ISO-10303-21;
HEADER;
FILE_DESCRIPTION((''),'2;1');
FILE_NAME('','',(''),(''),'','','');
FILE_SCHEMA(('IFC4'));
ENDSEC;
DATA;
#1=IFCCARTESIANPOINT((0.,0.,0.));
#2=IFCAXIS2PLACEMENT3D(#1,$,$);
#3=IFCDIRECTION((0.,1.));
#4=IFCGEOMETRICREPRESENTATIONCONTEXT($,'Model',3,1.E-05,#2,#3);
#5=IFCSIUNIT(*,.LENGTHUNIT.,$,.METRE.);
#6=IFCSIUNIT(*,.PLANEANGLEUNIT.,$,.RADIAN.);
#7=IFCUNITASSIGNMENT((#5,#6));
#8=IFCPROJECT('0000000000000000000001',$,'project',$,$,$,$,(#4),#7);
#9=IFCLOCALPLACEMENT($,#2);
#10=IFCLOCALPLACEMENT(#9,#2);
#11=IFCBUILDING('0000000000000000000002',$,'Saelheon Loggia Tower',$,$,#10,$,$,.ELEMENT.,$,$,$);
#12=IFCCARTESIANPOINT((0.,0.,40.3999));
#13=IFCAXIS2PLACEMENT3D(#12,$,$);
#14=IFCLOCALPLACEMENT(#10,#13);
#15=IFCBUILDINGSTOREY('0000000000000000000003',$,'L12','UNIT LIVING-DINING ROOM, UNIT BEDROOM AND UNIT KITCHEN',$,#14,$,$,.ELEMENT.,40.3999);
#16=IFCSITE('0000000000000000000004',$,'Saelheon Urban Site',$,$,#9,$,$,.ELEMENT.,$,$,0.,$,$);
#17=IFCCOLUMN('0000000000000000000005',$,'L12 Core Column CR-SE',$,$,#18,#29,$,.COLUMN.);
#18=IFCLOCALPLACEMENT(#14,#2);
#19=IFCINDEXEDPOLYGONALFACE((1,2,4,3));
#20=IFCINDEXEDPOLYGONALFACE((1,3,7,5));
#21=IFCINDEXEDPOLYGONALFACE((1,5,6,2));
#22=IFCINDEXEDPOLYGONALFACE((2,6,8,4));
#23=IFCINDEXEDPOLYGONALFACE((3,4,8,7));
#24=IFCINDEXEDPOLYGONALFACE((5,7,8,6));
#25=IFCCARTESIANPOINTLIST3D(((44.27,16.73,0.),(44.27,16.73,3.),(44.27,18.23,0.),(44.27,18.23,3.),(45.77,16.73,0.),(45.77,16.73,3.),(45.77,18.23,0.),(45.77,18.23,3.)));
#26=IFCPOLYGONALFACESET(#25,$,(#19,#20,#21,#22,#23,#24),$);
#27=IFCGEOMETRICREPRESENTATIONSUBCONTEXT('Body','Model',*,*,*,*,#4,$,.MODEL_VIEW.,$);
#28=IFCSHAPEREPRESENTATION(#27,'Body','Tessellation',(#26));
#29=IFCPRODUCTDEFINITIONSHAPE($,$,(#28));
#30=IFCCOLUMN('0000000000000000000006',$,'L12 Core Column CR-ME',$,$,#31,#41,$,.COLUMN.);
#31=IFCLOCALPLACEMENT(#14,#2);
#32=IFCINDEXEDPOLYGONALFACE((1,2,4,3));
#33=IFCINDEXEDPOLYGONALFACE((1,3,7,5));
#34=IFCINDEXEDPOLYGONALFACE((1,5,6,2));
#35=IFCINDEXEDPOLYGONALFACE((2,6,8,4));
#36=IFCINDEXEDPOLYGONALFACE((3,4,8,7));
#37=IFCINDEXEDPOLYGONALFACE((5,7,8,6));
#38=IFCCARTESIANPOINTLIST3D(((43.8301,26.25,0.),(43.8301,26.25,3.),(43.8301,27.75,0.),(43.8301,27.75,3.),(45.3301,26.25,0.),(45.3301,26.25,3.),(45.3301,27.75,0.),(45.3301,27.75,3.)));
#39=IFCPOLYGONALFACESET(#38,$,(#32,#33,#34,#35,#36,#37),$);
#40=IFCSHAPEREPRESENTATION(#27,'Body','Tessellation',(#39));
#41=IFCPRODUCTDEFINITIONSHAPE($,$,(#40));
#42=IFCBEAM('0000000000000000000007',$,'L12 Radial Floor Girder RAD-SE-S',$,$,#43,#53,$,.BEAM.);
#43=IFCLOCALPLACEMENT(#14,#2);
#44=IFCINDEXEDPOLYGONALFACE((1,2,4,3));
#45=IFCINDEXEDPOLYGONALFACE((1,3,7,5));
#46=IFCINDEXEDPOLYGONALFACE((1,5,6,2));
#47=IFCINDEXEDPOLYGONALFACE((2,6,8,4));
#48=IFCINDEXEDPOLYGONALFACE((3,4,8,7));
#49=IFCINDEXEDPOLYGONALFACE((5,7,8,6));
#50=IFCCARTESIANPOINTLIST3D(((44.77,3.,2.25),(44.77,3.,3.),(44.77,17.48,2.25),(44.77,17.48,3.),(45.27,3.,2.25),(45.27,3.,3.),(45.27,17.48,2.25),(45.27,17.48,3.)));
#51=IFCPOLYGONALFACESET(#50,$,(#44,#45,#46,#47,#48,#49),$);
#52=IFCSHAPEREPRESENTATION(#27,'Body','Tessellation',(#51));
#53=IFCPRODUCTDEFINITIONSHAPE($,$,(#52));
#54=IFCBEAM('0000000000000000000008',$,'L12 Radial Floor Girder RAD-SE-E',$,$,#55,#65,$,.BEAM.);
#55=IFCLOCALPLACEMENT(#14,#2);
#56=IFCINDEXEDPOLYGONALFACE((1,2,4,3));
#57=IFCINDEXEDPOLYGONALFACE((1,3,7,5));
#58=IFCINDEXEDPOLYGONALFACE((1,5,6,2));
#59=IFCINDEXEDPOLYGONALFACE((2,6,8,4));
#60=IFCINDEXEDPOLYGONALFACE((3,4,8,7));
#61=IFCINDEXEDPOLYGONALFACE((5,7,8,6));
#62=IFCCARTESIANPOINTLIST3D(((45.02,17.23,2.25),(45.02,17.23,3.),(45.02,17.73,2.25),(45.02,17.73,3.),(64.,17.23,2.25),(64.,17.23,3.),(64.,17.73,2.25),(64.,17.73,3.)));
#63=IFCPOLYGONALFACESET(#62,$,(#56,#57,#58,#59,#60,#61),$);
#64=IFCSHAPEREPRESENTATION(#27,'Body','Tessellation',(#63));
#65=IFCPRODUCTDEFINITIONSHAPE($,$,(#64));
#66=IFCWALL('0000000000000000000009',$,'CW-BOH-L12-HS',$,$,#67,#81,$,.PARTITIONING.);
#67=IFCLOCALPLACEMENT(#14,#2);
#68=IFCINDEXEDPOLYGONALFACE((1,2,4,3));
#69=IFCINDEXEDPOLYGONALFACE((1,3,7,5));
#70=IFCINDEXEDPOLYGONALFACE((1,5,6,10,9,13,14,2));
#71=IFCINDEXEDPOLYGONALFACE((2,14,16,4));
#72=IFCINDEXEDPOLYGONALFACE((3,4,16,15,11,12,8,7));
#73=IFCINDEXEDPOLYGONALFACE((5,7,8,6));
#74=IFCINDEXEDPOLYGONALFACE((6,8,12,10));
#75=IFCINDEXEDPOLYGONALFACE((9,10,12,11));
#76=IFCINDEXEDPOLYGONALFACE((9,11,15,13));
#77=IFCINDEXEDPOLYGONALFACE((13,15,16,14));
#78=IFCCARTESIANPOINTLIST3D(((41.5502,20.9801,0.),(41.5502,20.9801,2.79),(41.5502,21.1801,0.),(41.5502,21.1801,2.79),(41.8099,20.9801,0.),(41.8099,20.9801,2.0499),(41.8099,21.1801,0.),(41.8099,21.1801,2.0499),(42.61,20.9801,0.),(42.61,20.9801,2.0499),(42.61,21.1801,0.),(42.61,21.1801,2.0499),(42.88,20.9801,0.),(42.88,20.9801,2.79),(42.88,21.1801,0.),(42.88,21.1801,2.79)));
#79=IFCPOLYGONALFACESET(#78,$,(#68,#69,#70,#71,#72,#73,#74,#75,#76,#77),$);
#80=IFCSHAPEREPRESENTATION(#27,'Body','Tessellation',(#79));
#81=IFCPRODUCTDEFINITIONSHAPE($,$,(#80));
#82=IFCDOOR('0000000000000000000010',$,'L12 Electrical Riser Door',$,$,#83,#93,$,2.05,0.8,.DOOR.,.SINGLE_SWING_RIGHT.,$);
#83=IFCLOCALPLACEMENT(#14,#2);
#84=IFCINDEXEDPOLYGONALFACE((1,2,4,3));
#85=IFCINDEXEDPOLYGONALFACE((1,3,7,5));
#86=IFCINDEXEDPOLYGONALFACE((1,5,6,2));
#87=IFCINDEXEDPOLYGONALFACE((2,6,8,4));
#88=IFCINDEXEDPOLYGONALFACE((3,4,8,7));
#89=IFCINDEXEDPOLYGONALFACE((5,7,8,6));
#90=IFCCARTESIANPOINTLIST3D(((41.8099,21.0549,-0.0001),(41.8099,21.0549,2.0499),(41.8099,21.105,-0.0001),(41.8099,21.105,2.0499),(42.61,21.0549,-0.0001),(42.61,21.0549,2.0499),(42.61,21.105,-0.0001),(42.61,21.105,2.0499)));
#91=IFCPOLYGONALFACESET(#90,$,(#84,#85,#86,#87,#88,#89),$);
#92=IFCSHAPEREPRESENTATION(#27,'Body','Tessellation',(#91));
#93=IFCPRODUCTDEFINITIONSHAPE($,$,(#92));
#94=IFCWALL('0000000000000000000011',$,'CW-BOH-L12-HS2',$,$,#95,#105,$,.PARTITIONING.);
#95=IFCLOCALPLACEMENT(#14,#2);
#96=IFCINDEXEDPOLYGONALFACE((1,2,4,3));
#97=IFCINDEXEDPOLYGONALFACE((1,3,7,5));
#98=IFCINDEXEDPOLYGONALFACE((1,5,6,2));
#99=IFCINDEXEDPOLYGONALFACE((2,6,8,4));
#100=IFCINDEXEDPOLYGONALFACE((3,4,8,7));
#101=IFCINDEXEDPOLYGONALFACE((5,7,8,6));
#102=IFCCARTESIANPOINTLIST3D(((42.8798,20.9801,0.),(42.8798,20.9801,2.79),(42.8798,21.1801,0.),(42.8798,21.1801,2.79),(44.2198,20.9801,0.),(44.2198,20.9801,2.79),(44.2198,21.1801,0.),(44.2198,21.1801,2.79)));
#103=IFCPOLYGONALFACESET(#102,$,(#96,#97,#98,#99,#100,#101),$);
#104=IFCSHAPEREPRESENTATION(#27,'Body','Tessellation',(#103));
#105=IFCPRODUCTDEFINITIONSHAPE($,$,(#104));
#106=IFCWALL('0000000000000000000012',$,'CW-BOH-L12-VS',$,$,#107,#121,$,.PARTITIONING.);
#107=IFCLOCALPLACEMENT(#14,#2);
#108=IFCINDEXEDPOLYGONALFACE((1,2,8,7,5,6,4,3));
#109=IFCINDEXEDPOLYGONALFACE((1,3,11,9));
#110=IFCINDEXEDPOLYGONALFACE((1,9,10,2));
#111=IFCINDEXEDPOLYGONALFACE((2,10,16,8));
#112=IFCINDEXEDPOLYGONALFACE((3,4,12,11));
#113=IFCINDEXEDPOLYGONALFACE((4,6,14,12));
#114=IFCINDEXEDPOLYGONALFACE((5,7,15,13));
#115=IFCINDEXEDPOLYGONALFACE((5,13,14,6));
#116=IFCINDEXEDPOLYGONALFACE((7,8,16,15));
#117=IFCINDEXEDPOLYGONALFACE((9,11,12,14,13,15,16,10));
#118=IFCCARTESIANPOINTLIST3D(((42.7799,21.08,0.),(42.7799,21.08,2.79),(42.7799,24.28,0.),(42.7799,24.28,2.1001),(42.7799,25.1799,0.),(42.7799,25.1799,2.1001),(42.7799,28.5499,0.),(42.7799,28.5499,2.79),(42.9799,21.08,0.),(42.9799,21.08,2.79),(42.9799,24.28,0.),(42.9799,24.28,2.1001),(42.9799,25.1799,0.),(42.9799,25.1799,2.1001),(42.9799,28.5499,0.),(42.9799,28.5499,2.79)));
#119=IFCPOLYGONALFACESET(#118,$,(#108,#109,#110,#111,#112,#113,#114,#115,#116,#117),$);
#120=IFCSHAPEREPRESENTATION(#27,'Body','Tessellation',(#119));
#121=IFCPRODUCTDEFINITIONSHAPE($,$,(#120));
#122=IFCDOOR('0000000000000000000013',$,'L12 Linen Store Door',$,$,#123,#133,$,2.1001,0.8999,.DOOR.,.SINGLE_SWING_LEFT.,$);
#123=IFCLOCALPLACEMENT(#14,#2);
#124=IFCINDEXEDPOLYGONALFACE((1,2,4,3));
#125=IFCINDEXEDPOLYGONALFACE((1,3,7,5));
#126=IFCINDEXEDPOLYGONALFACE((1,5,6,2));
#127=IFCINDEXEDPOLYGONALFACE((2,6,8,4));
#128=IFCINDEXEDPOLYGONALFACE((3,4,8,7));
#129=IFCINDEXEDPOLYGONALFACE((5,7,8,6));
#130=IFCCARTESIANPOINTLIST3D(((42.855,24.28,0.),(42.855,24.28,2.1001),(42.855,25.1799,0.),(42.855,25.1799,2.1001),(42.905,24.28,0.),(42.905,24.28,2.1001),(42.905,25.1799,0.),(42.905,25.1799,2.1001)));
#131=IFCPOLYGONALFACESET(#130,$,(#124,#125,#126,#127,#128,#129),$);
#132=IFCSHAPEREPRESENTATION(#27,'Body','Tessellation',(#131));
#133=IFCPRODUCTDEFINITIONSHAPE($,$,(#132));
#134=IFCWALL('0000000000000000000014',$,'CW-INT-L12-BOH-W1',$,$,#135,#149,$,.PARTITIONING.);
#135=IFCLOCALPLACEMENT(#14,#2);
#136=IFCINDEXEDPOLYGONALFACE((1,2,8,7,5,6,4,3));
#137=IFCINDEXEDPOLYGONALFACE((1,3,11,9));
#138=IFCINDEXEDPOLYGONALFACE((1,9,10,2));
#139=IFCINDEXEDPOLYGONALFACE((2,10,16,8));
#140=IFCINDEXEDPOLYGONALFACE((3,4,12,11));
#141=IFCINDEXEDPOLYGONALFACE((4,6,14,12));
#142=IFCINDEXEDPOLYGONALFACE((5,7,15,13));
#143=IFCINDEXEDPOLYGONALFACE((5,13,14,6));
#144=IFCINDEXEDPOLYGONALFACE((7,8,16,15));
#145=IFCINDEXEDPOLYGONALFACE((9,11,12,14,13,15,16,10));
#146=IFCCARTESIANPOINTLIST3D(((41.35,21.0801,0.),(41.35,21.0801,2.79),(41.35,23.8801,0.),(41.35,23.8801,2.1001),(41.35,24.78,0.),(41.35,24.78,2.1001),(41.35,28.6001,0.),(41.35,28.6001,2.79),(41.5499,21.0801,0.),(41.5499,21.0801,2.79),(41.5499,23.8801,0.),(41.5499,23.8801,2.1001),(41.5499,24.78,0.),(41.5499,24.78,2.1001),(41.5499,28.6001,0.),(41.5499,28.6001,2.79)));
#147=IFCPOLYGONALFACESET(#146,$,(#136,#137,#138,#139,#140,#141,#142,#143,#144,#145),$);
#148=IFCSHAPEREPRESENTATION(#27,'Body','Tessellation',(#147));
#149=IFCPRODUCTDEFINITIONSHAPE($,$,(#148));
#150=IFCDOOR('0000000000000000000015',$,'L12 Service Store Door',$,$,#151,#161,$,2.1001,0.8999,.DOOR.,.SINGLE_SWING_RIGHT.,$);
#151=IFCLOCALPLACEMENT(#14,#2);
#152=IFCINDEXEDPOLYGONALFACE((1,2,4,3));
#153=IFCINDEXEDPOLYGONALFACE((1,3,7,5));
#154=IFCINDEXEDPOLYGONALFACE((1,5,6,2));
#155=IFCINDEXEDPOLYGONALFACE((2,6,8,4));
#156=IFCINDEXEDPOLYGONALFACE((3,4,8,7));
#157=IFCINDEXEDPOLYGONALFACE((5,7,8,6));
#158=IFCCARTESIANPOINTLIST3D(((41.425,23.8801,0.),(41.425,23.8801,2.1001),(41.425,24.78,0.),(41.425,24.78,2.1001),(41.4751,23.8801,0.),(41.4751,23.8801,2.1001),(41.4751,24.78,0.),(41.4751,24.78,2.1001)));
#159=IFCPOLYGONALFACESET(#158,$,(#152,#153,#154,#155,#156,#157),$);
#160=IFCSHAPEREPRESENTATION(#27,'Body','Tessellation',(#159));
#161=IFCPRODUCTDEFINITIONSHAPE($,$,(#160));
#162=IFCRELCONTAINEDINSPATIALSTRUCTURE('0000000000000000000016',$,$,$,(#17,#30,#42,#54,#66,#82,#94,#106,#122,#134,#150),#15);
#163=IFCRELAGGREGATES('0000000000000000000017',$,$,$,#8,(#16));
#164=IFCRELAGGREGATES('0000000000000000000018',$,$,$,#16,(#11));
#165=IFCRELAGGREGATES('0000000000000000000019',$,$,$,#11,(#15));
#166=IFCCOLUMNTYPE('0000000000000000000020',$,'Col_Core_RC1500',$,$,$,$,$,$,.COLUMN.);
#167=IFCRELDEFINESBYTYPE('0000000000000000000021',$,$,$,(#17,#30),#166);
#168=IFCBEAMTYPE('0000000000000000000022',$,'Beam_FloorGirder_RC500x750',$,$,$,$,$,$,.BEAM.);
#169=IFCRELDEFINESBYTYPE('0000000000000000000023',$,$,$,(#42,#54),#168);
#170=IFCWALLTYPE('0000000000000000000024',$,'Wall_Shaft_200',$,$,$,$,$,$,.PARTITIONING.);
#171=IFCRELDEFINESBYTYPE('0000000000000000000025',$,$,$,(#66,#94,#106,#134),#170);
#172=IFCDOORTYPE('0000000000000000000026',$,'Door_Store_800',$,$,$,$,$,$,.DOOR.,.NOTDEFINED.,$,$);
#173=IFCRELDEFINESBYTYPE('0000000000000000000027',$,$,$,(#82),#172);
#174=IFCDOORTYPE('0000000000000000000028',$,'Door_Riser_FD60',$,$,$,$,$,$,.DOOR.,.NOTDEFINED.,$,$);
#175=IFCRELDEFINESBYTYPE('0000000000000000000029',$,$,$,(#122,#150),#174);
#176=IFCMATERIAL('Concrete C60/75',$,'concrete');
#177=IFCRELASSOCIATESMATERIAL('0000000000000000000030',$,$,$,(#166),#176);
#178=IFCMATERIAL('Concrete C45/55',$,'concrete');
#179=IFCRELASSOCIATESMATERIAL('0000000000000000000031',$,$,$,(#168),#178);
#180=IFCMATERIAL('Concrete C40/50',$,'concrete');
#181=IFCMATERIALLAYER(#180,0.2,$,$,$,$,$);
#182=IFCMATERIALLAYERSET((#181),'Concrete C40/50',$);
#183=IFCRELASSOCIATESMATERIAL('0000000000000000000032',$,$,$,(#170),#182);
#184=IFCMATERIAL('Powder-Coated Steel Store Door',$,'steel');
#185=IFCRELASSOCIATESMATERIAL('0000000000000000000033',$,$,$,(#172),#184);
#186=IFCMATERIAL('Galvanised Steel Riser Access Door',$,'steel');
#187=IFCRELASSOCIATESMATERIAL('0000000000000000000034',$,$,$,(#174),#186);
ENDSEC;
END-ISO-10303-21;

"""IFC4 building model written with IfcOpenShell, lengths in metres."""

from ifc_helpers import new_model, si_unit, direction, frame, frame_2d, origin, origin_2d, place, context, subcontext, project, spatial, rectangle, extrude, source, transform, mapped, material, layer, layer_set, material_profile, profile_set, type_object, element, fill, save


model = new_model("IFC4")

# Units and contexts
model_context = context("Model", 3, precision=1e-05, world=origin(), true_north=direction((0.0, 1.0)))
body_context = subcontext(model_context, "Body", "Model", "MODEL_VIEW")
ifc_project = project(units=[si_unit("LENGTHUNIT", "METRE"), si_unit("PLANEANGLEUNIT", "RADIAN")], contexts=[model_context])

# Site, building, storey
site_placement = place(None, origin())
site = spatial("IfcSite", under=ifc_project, at=site_placement, Name="Saelheon Urban Site", CompositionType="ELEMENT", RefElevation=0.0)
building_placement = place(site_placement, origin())
building = spatial("IfcBuilding", under=site, at=building_placement, Name="Saelheon Loggia Tower", CompositionType="ELEMENT")
storey_placement = place(building_placement, frame((0.0, 0.0, 40.3999)))
storey = spatial("IfcBuildingStorey", under=building, at=storey_placement, Name="L12", Description="UNIT LIVING-DINING ROOM, UNIT BEDROOM AND UNIT KITCHEN", CompositionType="ELEMENT", Elevation=40.3999)

# Columns
ifc_material_1 = material(Name="Concrete C60/75", Category="concrete")
ifc_material_profile_1 = material_profile(ifc_material_1, rectangle(XDim=1.5, YDim=1.5, at=origin_2d()), Name="RC-1500x1500")
ifc_profile_set_1 = profile_set([ifc_material_profile_1], Name="Concrete C60/75")
column_type = type_object("IfcColumnType", Name="Col_Core_RC1500", PredefinedType="COLUMN", material=ifc_profile_set_1)
shared_shape_1 = source(origin(), body_context, "Body", "SweptSolid", [
    extrude(rectangle(XDim=1.5, YDim=1.5, at=origin_2d()), origin(), (0.0, 0.0, 1.0), 3.0),
])
for number, where, z_axis, x_axis, name in (
    (1, (45.02, 17.48, 0.0), (0.0, 0.0, 1.0), (1.0, 0.0, 0.0), "L12 Core Column CR-SE"),
    (2, (44.5801, 27.0, 0.0), (0.0, 0.0, 1.0), (1.0, 0.0, 0.0), "L12 Core Column CR-ME"),
):
    element("IfcColumn", number, at=place(storey_placement, frame(where, z_axis=z_axis, x_axis=x_axis)), inside=storey, type_object=column_type, Name=name, PredefinedType="COLUMN", context=body_context, shape_type="MappedRepresentation", body=[
        mapped(shared_shape_1, transform((0.0, 0.0, 0.0), scale=1.0)),
    ])

# Beams
ifc_material_2 = material(Name="Concrete C45/55", Category="concrete")
ifc_material_profile_2 = material_profile(ifc_material_2, rectangle(XDim=0.5, YDim=0.75, at=origin_2d()), Name="RC-500x750")
ifc_profile_set_2 = profile_set([ifc_material_profile_2], Name="Concrete C45/55")
beam_type = type_object("IfcBeamType", Name="Beam_FloorGirder_RC500x750", PredefinedType="BEAM", material=ifc_profile_set_2)
shared_shape_2 = source(origin(), body_context, "Body", "SweptSolid", [
    extrude(rectangle(XDim=0.5, YDim=0.75, at=origin_2d()), origin(), (0.0, 0.0, 1.0), 14.48),
])
beam_1_placement = place(storey_placement, frame((45.02, 17.48, 2.625), z_axis=(0.0, -1.0, 0.0), x_axis=(1.0, 0.0, 0.0)))
element("IfcBeam", 3, at=beam_1_placement, inside=storey, type_object=beam_type, Name="L12 Radial Floor Girder RAD-SE-S", PredefinedType="BEAM", context=body_context, shape_type="MappedRepresentation", body=[
    mapped(shared_shape_2, transform((0.0, 0.0, 0.0), scale=1.0)),
])
shared_shape_3 = source(origin(), body_context, "Body", "SweptSolid", [
    extrude(rectangle(XDim=0.5, YDim=0.75, at=origin_2d()), origin(), (0.0, 0.0, 1.0), 18.98),
])
beam_2_placement = place(storey_placement, frame((45.02, 17.48, 2.625), z_axis=(1.0, 0.0, 0.0), x_axis=(0.0, 1.0, 0.0)))
element("IfcBeam", 4, at=beam_2_placement, inside=storey, type_object=beam_type, Name="L12 Radial Floor Girder RAD-SE-E", PredefinedType="BEAM", context=body_context, shape_type="MappedRepresentation", body=[
    mapped(shared_shape_3, transform((0.0, 0.0, 0.0), scale=1.0)),
])

# Wall, opening, door
ifc_material_3 = material(Name="Concrete C40/50", Category="concrete")
ifc_layer_1 = layer(ifc_material_3, 0.2)
ifc_layer_set_1 = layer_set([ifc_layer_1], Name="Concrete C40/50")
wall_type_1 = type_object("IfcWallType", Name="Wall_Shaft_200", PredefinedType="PARTITIONING", material=ifc_layer_set_1)
wall_1_placement = place(storey_placement, frame((41.55, 21.0801, 0.0), z_axis=(0.0, 0.0, 1.0), x_axis=(1.0, 0.0, 0.0)))
wall_1 = element("IfcWall", 5, at=wall_1_placement, inside=storey, type_object=wall_type_1, Name="CW-BOH-L12-HS", PredefinedType="PARTITIONING", context=body_context, shape_type="SweptSolid", body=[
    extrude(rectangle(XDim=1.3298, YDim=0.2, at=frame_2d((0.665, 0.0))), origin(), (0.0, 0.0, 1.0), 2.79),
])
opening_1_placement = place(wall_1_placement, frame((0.26, 0.0, 0.0)))
opening_1 = element("IfcOpeningElement", 6, at=opening_1_placement, cuts=wall_1, PredefinedType="OPENING", context=body_context, shape_type="SweptSolid", body=[
    extrude(rectangle(XDim=0.8, YDim=2.05, at=frame_2d((0.3999, 1.0249))), frame((0.0, 0.1121, 0.0), z_axis=(0.0, -1.0, 0.0), x_axis=(1.0, 0.0, 0.0)), (0.0, 0.0, 1.0), 0.2239),
])
ifc_material_4 = material(Name="Powder-Coated Steel Store Door", Category="steel")
door_type_1 = type_object("IfcDoorType", Name="Door_Store_800", OperationType="NOTDEFINED", PredefinedType="DOOR", material=ifc_material_4)
shared_shape_4 = source(origin(), body_context, "Body", "SweptSolid", [
    extrude(rectangle(XDim=0.8, YDim=2.05, at=frame_2d((0.3999, 1.0249))), frame((0.0, 0.0249, 0.0), z_axis=(0.0, -1.0, 0.0), x_axis=(1.0, 0.0, 0.0)), (0.0, 0.0, 1.0), 0.05),
])
door_1_placement = place(opening_1_placement, origin())
door_1 = element("IfcDoor", 7, at=door_1_placement, inside=storey, type_object=door_type_1, Name="L12 Electrical Riser Door", OperationType="SINGLE_SWING_RIGHT", OverallHeight=2.05, OverallWidth=0.8, PredefinedType="DOOR", context=body_context, shape_type="MappedRepresentation", body=[
    mapped(shared_shape_4, transform((0.0, 0.0, 0.0), scale=1.0)),
])
fill(opening_1, door_1)

# Wall
wall_2_placement = place(storey_placement, frame((42.8799, 21.0801, 0.0), z_axis=(0.0, 0.0, 1.0), x_axis=(1.0, 0.0, 0.0)))
element("IfcWall", 8, at=wall_2_placement, inside=storey, type_object=wall_type_1, Name="CW-BOH-L12-HS2", PredefinedType="PARTITIONING", context=body_context, shape_type="SweptSolid", body=[
    extrude(rectangle(XDim=1.3401, YDim=0.2, at=frame_2d((0.6699, 0.0))), origin(), (0.0, 0.0, 1.0), 2.79),
])

# Walls, openings, doors
wall_3_placement = place(storey_placement, frame((42.8799, 21.0801, 0.0), z_axis=(0.0, 0.0, 1.0), x_axis=(0.0, 1.0, 0.0)))
wall_3 = element("IfcWall", 9, at=wall_3_placement, inside=storey, type_object=wall_type_1, Name="CW-BOH-L12-VS", PredefinedType="PARTITIONING", context=body_context, shape_type="SweptSolid", body=[
    extrude(rectangle(XDim=7.47, YDim=0.2, at=frame_2d((3.7349, 0.0))), origin(), (0.0, 0.0, 1.0), 2.79),
])
opening_2_placement = place(wall_3_placement, frame((3.2, 0.0, 0.0)))
opening_2 = element("IfcOpeningElement", 10, at=opening_2_placement, cuts=wall_3, PredefinedType="OPENING", context=body_context, shape_type="SweptSolid", body=[
    extrude(rectangle(XDim=0.8999, YDim=2.1001, at=frame_2d((0.45, 1.05))), frame((0.0, 0.1121, 0.0), z_axis=(0.0, -1.0, 0.0), x_axis=(1.0, 0.0, 0.0)), (0.0, 0.0, 1.0), 0.2239),
])
ifc_material_5 = material(Name="Galvanised Steel Riser Access Door", Category="steel")
door_type_2 = type_object("IfcDoorType", Name="Door_Riser_FD60", OperationType="NOTDEFINED", PredefinedType="DOOR", material=ifc_material_5)
shared_shape_5 = source(origin(), body_context, "Body", "SweptSolid", [
    extrude(rectangle(XDim=0.8999, YDim=2.1001, at=frame_2d((0.45, 1.05))), frame((0.0, 0.0249, 0.0), z_axis=(0.0, -1.0, 0.0), x_axis=(1.0, 0.0, 0.0)), (0.0, 0.0, 1.0), 0.05),
])
door_2_placement = place(opening_2_placement, origin())
door_2 = element("IfcDoor", 11, at=door_2_placement, inside=storey, type_object=door_type_2, Name="L12 Linen Store Door", OperationType="SINGLE_SWING_LEFT", OverallHeight=2.1001, OverallWidth=0.8999, PredefinedType="DOOR", context=body_context, shape_type="MappedRepresentation", body=[
    mapped(shared_shape_5, transform((0.0, 0.0, 0.0), scale=1.0)),
])
fill(opening_2, door_2)
wall_4_placement = place(storey_placement, frame((41.45, 21.0801, 0.0), z_axis=(0.0, 0.0, 1.0), x_axis=(0.0, 1.0, 0.0)))
wall_4 = element("IfcWall", 12, at=wall_4_placement, inside=storey, type_object=wall_type_1, Name="CW-INT-L12-BOH-W1", PredefinedType="PARTITIONING", context=body_context, shape_type="SweptSolid", body=[
    extrude(rectangle(XDim=7.52, YDim=0.2, at=frame_2d((3.76, 0.0))), origin(), (0.0, 0.0, 1.0), 2.79),
])
opening_3_placement = place(wall_4_placement, frame((2.8, 0.0, 0.0)))
opening_3 = element("IfcOpeningElement", 13, at=opening_3_placement, cuts=wall_4, PredefinedType="OPENING", context=body_context, shape_type="SweptSolid", body=[
    extrude(rectangle(XDim=0.8999, YDim=2.1001, at=frame_2d((0.45, 1.05))), frame((0.0, 0.1121, 0.0), z_axis=(0.0, -1.0, 0.0), x_axis=(1.0, 0.0, 0.0)), (0.0, 0.0, 1.0), 0.2239),
])
door_3_placement = place(opening_3_placement, origin())
door_3 = element("IfcDoor", 14, at=door_3_placement, inside=storey, type_object=door_type_2, Name="L12 Service Store Door", OperationType="SINGLE_SWING_RIGHT", OverallHeight=2.1001, OverallWidth=0.8999, PredefinedType="DOOR", context=body_context, shape_type="MappedRepresentation", body=[
    mapped(shared_shape_5, transform((0.0, 0.0, 0.0), scale=1.0)),
])
fill(opening_3, door_3)

save(model, "model.ifc")
